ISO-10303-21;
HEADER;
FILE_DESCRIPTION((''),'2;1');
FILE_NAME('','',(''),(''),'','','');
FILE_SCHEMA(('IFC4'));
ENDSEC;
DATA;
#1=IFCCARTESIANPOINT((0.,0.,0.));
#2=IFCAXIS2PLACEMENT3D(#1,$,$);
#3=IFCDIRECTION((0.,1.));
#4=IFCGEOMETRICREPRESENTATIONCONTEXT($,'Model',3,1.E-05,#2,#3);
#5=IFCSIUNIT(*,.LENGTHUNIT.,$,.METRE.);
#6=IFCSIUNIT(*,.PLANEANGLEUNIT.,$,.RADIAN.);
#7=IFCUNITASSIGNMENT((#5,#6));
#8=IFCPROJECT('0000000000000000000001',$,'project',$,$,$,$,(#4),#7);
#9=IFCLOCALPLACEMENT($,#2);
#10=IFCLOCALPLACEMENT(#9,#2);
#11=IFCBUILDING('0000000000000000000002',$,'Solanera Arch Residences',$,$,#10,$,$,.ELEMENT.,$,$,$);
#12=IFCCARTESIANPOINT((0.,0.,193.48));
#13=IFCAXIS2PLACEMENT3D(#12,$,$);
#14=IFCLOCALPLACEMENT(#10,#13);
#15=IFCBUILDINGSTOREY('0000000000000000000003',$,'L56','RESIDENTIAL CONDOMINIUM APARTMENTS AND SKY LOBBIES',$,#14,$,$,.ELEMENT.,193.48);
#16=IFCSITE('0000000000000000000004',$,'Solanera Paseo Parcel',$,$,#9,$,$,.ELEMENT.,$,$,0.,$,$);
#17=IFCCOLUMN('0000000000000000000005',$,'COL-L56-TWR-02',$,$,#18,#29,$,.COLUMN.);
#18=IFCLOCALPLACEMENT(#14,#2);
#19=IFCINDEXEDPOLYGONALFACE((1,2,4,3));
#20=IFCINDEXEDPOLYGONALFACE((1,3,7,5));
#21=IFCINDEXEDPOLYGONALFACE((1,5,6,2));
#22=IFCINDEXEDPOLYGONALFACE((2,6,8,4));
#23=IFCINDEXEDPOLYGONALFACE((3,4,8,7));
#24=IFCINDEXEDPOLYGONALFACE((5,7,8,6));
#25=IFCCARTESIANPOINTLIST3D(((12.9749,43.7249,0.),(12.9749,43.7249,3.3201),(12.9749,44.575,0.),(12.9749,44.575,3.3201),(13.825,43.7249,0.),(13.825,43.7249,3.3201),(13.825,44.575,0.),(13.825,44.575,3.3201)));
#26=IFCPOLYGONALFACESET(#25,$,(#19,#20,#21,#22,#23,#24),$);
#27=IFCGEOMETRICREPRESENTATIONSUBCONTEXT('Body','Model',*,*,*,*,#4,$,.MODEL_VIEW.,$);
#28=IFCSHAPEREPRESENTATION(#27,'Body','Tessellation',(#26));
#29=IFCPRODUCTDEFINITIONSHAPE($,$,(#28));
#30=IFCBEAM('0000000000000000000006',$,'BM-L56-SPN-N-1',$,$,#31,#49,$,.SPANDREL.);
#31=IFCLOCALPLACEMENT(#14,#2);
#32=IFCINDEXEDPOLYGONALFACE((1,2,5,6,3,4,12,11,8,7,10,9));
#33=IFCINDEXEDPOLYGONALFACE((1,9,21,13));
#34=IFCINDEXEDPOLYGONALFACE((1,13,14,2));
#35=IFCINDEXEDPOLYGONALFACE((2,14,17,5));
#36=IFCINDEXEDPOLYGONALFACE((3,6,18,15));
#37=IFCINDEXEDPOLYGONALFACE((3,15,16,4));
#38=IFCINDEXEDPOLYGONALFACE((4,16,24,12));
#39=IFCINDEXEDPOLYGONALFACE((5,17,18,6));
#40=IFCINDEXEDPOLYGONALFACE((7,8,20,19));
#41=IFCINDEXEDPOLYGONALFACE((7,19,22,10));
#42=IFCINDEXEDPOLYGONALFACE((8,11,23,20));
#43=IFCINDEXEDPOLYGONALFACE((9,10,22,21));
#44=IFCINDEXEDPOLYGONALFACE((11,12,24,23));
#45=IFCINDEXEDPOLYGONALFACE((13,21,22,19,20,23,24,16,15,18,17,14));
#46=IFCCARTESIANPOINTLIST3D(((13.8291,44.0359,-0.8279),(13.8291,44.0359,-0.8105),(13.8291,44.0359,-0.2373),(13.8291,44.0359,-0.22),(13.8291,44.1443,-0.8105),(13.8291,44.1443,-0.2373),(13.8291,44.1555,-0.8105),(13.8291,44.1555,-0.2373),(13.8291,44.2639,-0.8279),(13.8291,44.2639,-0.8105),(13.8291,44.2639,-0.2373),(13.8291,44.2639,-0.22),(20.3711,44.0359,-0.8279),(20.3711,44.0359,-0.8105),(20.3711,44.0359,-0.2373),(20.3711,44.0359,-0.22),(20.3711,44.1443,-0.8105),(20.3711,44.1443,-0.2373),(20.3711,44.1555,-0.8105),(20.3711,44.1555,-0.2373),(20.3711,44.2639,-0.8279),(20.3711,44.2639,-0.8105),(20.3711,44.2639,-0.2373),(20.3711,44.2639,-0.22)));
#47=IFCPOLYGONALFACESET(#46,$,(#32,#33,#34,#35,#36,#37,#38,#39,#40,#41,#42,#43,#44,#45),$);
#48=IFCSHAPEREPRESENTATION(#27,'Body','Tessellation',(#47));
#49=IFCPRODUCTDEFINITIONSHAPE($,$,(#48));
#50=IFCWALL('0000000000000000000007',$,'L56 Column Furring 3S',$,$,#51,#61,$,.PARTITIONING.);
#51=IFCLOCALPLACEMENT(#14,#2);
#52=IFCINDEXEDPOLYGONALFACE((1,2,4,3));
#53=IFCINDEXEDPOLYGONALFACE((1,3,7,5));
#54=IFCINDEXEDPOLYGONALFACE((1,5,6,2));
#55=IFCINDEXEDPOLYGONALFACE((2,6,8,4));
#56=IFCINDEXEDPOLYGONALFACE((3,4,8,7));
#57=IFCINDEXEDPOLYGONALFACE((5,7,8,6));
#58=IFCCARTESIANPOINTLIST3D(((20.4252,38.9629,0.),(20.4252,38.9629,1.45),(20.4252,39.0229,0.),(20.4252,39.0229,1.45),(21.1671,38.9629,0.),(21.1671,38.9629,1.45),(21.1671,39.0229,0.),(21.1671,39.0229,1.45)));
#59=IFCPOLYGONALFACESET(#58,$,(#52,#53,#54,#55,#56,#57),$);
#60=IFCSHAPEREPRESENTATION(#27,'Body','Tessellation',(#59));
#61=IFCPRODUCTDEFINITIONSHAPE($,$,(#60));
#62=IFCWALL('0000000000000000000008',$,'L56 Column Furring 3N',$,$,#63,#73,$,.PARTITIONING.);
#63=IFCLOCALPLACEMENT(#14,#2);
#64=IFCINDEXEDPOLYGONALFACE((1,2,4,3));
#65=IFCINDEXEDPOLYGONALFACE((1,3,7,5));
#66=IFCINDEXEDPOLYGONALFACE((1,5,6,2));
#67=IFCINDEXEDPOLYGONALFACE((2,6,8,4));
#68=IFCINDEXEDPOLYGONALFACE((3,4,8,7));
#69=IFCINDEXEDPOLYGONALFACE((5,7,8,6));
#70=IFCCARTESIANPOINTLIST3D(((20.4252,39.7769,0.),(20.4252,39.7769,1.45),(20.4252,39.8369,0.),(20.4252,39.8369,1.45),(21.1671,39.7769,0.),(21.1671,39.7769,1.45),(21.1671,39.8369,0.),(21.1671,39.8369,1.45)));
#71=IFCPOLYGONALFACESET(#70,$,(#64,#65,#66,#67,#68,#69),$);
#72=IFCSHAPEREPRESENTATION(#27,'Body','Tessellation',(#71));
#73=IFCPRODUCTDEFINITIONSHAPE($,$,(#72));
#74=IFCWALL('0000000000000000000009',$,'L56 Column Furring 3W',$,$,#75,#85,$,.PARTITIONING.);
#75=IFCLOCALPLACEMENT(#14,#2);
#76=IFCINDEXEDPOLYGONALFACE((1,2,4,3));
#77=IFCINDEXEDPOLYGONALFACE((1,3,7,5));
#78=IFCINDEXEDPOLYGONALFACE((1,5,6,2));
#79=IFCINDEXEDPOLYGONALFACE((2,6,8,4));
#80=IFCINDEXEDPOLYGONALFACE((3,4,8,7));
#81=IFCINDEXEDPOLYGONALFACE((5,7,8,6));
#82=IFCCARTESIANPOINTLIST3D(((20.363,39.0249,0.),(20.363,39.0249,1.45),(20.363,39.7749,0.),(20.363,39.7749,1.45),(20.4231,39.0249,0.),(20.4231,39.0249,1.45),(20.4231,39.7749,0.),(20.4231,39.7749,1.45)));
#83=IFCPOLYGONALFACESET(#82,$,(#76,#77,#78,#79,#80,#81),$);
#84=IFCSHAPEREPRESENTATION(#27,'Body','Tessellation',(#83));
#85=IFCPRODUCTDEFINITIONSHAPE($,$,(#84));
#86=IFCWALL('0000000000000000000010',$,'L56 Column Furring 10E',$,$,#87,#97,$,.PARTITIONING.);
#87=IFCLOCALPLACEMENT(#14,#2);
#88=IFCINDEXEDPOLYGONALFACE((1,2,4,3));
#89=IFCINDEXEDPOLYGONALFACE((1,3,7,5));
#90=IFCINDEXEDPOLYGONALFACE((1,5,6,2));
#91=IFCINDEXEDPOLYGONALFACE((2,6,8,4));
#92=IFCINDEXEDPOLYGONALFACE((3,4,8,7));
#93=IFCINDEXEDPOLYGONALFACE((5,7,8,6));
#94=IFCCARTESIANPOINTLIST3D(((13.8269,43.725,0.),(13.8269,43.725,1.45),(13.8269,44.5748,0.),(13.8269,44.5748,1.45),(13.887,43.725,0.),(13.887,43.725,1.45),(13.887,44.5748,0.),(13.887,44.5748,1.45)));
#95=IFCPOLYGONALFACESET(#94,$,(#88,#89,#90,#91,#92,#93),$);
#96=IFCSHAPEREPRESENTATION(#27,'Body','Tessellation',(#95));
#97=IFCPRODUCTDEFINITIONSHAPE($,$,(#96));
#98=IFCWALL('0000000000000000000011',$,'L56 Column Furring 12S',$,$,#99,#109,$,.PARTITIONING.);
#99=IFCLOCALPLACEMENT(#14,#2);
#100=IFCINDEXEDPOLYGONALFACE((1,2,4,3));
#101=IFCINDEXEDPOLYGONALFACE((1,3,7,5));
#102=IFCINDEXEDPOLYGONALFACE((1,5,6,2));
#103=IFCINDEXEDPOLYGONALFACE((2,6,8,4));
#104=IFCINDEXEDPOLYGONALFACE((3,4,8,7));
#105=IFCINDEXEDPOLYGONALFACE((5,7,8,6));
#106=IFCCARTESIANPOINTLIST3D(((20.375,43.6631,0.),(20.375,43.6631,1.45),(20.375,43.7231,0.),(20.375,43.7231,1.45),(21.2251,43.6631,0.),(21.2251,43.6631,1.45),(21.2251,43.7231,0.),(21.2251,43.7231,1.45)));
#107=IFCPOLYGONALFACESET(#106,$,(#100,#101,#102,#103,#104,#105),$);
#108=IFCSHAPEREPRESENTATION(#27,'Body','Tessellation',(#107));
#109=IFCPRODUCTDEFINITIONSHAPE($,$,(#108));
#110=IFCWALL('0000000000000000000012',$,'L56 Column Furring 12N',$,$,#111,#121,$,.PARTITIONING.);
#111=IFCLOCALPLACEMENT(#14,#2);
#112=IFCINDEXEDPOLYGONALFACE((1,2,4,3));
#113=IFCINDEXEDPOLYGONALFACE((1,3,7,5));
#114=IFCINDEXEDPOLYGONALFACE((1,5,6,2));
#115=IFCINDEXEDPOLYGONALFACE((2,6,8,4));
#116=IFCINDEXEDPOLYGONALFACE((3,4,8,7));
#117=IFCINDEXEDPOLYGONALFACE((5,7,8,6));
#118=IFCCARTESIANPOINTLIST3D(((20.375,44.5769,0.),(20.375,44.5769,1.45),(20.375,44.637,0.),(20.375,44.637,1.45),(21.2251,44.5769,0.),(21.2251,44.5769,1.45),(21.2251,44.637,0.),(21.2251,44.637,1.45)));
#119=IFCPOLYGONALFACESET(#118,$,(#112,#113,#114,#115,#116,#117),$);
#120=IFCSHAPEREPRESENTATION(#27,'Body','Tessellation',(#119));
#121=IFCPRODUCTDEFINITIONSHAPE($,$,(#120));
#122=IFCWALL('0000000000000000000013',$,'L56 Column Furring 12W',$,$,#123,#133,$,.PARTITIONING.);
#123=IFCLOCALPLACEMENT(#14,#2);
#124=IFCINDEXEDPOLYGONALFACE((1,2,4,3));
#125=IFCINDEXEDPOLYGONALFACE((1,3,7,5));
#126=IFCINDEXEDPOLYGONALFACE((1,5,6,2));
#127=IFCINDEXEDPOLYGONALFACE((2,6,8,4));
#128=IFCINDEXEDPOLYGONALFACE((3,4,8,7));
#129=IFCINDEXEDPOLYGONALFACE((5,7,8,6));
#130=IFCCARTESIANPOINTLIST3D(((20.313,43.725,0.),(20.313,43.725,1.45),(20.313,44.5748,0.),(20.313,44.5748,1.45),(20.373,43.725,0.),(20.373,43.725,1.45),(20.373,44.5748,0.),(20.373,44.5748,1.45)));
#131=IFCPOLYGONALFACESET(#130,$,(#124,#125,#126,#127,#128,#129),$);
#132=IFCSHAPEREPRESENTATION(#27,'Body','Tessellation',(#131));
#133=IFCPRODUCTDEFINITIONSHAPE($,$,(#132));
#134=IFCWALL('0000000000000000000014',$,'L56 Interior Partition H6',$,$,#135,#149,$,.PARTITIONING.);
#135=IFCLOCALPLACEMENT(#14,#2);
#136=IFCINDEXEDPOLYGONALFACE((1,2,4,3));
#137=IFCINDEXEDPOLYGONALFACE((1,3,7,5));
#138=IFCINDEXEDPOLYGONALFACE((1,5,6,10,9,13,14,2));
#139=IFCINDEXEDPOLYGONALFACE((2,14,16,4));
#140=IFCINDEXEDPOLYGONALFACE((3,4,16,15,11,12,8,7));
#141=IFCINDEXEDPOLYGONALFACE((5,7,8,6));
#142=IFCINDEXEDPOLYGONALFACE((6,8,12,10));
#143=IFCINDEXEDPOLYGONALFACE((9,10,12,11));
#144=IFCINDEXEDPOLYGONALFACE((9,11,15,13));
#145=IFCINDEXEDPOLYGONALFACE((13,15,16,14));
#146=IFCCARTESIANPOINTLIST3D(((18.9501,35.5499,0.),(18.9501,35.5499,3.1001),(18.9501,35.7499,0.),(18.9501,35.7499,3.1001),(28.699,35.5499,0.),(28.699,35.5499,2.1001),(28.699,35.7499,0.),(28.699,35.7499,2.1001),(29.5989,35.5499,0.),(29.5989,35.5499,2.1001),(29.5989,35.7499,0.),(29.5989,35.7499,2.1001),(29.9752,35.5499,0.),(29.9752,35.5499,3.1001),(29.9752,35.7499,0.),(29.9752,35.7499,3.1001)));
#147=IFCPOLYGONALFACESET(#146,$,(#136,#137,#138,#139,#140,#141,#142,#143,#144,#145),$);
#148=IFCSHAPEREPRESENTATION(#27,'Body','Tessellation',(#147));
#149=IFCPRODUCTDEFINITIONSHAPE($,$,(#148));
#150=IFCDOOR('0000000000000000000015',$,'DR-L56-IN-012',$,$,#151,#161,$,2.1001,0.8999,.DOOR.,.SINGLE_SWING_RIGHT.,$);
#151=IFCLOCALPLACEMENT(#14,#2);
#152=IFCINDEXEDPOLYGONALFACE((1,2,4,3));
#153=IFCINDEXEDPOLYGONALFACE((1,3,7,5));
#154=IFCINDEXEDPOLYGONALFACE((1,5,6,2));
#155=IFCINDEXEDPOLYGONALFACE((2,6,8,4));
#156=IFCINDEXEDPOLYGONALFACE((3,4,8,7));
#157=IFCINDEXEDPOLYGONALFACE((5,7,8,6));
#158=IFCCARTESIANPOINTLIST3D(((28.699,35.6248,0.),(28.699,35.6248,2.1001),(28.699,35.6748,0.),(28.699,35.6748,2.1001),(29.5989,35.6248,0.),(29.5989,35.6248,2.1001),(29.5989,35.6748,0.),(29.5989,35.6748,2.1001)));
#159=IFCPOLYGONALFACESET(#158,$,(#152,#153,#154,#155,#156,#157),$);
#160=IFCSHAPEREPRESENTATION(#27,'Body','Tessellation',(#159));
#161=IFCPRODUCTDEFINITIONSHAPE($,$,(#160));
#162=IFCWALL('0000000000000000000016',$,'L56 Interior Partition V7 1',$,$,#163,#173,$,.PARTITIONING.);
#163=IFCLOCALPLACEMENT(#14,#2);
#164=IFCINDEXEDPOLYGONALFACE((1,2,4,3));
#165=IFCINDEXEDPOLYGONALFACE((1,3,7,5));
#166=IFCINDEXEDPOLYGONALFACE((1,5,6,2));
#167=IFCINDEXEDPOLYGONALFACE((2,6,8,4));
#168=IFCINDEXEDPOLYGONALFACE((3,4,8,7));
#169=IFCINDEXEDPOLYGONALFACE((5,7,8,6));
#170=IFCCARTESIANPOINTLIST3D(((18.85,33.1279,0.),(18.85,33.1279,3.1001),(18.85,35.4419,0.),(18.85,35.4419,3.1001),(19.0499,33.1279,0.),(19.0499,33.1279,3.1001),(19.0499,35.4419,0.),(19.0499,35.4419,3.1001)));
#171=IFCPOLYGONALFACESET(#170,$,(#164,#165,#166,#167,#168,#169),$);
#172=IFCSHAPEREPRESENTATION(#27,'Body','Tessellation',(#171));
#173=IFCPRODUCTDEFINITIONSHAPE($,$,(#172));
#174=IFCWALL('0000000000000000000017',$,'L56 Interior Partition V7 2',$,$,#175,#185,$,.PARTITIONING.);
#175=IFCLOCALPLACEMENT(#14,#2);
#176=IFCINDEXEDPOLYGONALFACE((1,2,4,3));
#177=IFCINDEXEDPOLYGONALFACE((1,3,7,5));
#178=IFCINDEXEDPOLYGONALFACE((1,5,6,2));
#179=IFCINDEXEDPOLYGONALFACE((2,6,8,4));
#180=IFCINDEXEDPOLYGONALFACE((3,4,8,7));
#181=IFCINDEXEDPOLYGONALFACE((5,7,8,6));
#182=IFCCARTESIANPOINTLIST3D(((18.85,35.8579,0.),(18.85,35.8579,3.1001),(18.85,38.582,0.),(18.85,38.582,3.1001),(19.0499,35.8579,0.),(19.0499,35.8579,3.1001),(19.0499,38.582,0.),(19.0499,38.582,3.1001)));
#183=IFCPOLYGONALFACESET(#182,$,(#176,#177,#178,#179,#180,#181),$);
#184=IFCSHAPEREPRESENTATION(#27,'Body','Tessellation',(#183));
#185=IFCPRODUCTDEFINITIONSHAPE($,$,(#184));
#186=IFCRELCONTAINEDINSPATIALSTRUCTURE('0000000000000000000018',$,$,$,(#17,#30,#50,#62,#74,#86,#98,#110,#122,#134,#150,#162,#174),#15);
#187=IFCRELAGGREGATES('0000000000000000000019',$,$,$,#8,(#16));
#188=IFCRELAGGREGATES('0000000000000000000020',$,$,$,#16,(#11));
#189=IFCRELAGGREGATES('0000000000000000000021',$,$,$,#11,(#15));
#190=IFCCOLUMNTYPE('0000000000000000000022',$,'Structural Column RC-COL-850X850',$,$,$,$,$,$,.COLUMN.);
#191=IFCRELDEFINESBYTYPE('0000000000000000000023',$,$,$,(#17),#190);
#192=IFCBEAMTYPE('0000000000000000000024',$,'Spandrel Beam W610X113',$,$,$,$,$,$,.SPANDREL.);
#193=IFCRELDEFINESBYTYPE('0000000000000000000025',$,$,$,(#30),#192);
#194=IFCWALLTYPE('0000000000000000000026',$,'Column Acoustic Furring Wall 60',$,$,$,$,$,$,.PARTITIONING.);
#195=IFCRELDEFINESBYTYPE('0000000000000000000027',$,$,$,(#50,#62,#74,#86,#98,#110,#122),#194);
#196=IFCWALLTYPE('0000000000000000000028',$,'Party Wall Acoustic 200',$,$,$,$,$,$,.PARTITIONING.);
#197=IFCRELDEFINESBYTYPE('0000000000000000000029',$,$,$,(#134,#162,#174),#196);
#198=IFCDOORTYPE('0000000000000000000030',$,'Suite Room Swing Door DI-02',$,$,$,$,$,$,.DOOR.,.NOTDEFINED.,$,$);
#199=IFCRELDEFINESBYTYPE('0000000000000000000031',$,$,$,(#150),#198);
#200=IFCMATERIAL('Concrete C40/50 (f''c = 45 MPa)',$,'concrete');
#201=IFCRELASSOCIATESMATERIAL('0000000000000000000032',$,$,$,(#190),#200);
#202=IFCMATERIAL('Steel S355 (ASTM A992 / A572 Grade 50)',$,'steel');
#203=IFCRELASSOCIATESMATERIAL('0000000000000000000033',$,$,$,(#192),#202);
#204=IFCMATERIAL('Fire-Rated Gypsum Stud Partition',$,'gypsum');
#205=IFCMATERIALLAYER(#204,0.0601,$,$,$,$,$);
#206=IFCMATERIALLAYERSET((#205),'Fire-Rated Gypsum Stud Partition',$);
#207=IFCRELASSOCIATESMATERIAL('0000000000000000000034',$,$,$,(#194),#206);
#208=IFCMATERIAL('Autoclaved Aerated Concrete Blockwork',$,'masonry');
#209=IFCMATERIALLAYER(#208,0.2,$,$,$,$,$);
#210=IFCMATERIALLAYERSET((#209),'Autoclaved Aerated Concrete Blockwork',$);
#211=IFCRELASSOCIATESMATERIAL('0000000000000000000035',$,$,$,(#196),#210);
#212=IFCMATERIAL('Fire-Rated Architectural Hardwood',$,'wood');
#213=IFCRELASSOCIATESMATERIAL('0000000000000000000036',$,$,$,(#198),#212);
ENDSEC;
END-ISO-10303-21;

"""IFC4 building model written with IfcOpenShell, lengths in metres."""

from ifc_helpers import new_model, si_unit, direction, frame, frame_2d, origin, origin_2d, place, context, subcontext, project, spatial, rectangle, i_section, extrude, material, layer, layer_set, material_profile, profile_set, type_object, element, fill, save


model = new_model("IFC4")

# Units and contexts
model_context = context("Model", 3, precision=1e-05, world=origin(), true_north=direction((0.0, 1.0)))
body_context = subcontext(model_context, "Body", "Model", "MODEL_VIEW")
ifc_project = project(units=[si_unit("LENGTHUNIT", "METRE"), si_unit("PLANEANGLEUNIT", "RADIAN")], contexts=[model_context])

# Site, building, storey
site_placement = place(None, origin())
site = spatial("IfcSite", under=ifc_project, at=site_placement, Name="Solanera Paseo Parcel", CompositionType="ELEMENT", RefElevation=0.0)
building_placement = place(site_placement, origin())
building = spatial("IfcBuilding", under=site, at=building_placement, Name="Solanera Arch Residences", CompositionType="ELEMENT")
storey_placement = place(building_placement, frame((0.0, 0.0, 193.48)))
storey = spatial("IfcBuildingStorey", under=building, at=storey_placement, Name="L56", Description="RESIDENTIAL CONDOMINIUM APARTMENTS AND SKY LOBBIES", CompositionType="ELEMENT", Elevation=193.48)

# Column
ifc_material_1 = material(Name="Concrete C40/50 (f'c = 45 MPa)", Category="concrete")
ifc_material_profile_1 = material_profile(ifc_material_1, rectangle(XDim=0.8501, YDim=0.8501, at=origin_2d()))
ifc_profile_set_1 = profile_set([ifc_material_profile_1], Name="Concrete C40/50 (f'c = 45 MPa)")
column_type = type_object("IfcColumnType", Name="Structural Column RC-COL-850X850", PredefinedType="COLUMN", material=ifc_profile_set_1)
column_placement = place(storey_placement, frame((13.3999, 44.1499, 0.0), z_axis=(0.0, 0.0, 1.0), x_axis=(1.0, 0.0, 0.0)))
element("IfcColumn", 1, at=column_placement, inside=storey, type_object=column_type, Name="COL-L56-TWR-02", PredefinedType="COLUMN", context=body_context, shape_type="SweptSolid", body=[
    extrude(rectangle(XDim=0.8501, YDim=0.8501, at=origin_2d()), origin(), (0.0, 0.0, 1.0), 3.3201),
])

# Beam
ifc_material_2 = material(Name="Steel S355 (ASTM A992 / A572 Grade 50)", Category="steel")
ifc_material_profile_2 = material_profile(ifc_material_2, i_section(OverallWidth=0.228, OverallDepth=0.6079, WebThickness=0.0112, FlangeThickness=0.0173, at=origin_2d()))
ifc_profile_set_2 = profile_set([ifc_material_profile_2], Name="Steel S355 (ASTM A992 / A572 Grade 50)")
beam_type = type_object("IfcBeamType", Name="Spandrel Beam W610X113", PredefinedType="SPANDREL", material=ifc_profile_set_2)
beam_placement = place(storey_placement, frame((13.8291, 44.1499, -0.5239), z_axis=(1.0, 0.0, 0.0), x_axis=(0.0, 1.0, 0.0)))
element("IfcBeam", 2, at=beam_placement, inside=storey, type_object=beam_type, Name="BM-L56-SPN-N-1", PredefinedType="SPANDREL", context=body_context, shape_type="SweptSolid", body=[
    extrude(i_section(OverallWidth=0.228, OverallDepth=0.6079, WebThickness=0.0112, FlangeThickness=0.0173, at=origin_2d()), origin(), (0.0, 0.0, 1.0), 6.542),
])

# Walls
ifc_material_3 = material(Name="Fire-Rated Gypsum Stud Partition", Category="gypsum")
ifc_layer_1 = layer(ifc_material_3, 0.0601)
ifc_layer_set_1 = layer_set([ifc_layer_1], Name="Fire-Rated Gypsum Stud Partition")
wall_type_1 = type_object("IfcWallType", Name="Column Acoustic Furring Wall 60", PredefinedType="PARTITIONING", material=ifc_layer_set_1)
for number, where, z_axis, x_axis, name in (
    (3, (20.425, 38.9929, 0.0), (0.0, 0.0, 1.0), (1.0, 0.0, 0.0), "L56 Column Furring 3S"),
    (4, (20.425, 39.8069, 0.0), (0.0, 0.0, 1.0), (1.0, 0.0, 0.0), "L56 Column Furring 3N"),
):
    element("IfcWall", number, at=place(storey_placement, frame(where, z_axis=z_axis, x_axis=x_axis)), inside=storey, type_object=wall_type_1, Name=name, PredefinedType="PARTITIONING", context=body_context, shape_type="SweptSolid", body=[
        extrude(rectangle(XDim=0.7419, YDim=0.0601, at=frame_2d((0.3711, 0.0))), origin(), (0.0, 0.0, 1.0), 1.45),
    ])
wall_1_placement = place(storey_placement, frame((20.3931, 39.0249, 0.0), z_axis=(0.0, 0.0, 1.0), x_axis=(0.0, 1.0, 0.0)))
element("IfcWall", 5, at=wall_1_placement, inside=storey, type_object=wall_type_1, Name="L56 Column Furring 3W", PredefinedType="PARTITIONING", context=body_context, shape_type="SweptSolid", body=[
    extrude(rectangle(XDim=0.75, YDim=0.0601, at=frame_2d((0.375, 0.0))), origin(), (0.0, 0.0, 1.0), 1.45),
])
wall_2_placement = place(storey_placement, frame((13.8569, 43.7251, 0.0), z_axis=(0.0, 0.0, 1.0), x_axis=(0.0, 1.0, 0.0)))
element("IfcWall", 6, at=wall_2_placement, inside=storey, type_object=wall_type_1, Name="L56 Column Furring 10E", PredefinedType="PARTITIONING", context=body_context, shape_type="SweptSolid", body=[
    extrude(rectangle(XDim=0.8499, YDim=0.0601, at=frame_2d((0.4248, 0.0))), origin(), (0.0, 0.0, 1.0), 1.45),
])
for number, where, z_axis, x_axis, name in (
    (7, (20.375, 43.6931, 0.0), (0.0, 0.0, 1.0), (1.0, 0.0, 0.0), "L56 Column Furring 12S"),
    (8, (20.375, 44.6069, 0.0), (0.0, 0.0, 1.0), (1.0, 0.0, 0.0), "L56 Column Furring 12N"),
):
    element("IfcWall", number, at=place(storey_placement, frame(where, z_axis=z_axis, x_axis=x_axis)), inside=storey, type_object=wall_type_1, Name=name, PredefinedType="PARTITIONING", context=body_context, shape_type="SweptSolid", body=[
        extrude(rectangle(XDim=0.8501, YDim=0.0601, at=frame_2d((0.425, 0.0))), origin(), (0.0, 0.0, 1.0), 1.45),
    ])
wall_3_placement = place(storey_placement, frame((20.343, 43.7251, 0.0), z_axis=(0.0, 0.0, 1.0), x_axis=(0.0, 1.0, 0.0)))
element("IfcWall", 9, at=wall_3_placement, inside=storey, type_object=wall_type_1, Name="L56 Column Furring 12W", PredefinedType="PARTITIONING", context=body_context, shape_type="SweptSolid", body=[
    extrude(rectangle(XDim=0.8499, YDim=0.0601, at=frame_2d((0.4248, 0.0))), origin(), (0.0, 0.0, 1.0), 1.45),
])

# Wall, opening, door
ifc_material_4 = material(Name="Autoclaved Aerated Concrete Blockwork", Category="masonry")
ifc_layer_2 = layer(ifc_material_4, 0.2)
ifc_layer_set_2 = layer_set([ifc_layer_2], Name="Autoclaved Aerated Concrete Blockwork")
wall_type_2 = type_object("IfcWallType", Name="Party Wall Acoustic 200", PredefinedType="PARTITIONING", material=ifc_layer_set_2)
wall_4_placement = place(storey_placement, frame((18.95, 35.6499, 0.0), z_axis=(0.0, 0.0, 1.0), x_axis=(1.0, 0.0, 0.0)))
wall_4 = element("IfcWall", 10, at=wall_4_placement, inside=storey, type_object=wall_type_2, Name="L56 Interior Partition H6", PredefinedType="PARTITIONING", context=body_context, shape_type="SweptSolid", body=[
    extrude(rectangle(XDim=11.0251, YDim=0.2, at=frame_2d((5.5127, 0.0))), origin(), (0.0, 0.0, 1.0), 3.1001),
])
opening_placement = place(wall_4_placement, frame((9.749, 0.0, 0.0)))
opening = element("IfcOpeningElement", 11, at=opening_placement, cuts=wall_4, PredefinedType="OPENING", context=body_context, shape_type="SweptSolid", body=[
    extrude(rectangle(XDim=0.8999, YDim=2.1001, at=frame_2d((0.45, 1.05))), frame((0.0, 0.1101, 0.0), z_axis=(0.0, -1.0, 0.0), x_axis=(1.0, 0.0, 0.0)), (0.0, 0.0, 1.0), 0.22),
])
ifc_material_5 = material(Name="Fire-Rated Architectural Hardwood", Category="wood")
door_type = type_object("IfcDoorType", Name="Suite Room Swing Door DI-02", OperationType="NOTDEFINED", PredefinedType="DOOR", material=ifc_material_5)
door_placement = place(opening_placement, origin())
door = element("IfcDoor", 12, at=door_placement, inside=storey, type_object=door_type, Name="DR-L56-IN-012", OperationType="SINGLE_SWING_RIGHT", OverallHeight=2.1001, OverallWidth=0.8999, PredefinedType="DOOR", context=body_context, shape_type="SweptSolid", body=[
    extrude(rectangle(XDim=0.8999, YDim=2.1001, at=frame_2d((0.45, 1.05))), frame((0.0, 0.0249, 0.0), z_axis=(0.0, -1.0, 0.0), x_axis=(1.0, 0.0, 0.0)), (0.0, 0.0, 1.0), 0.05),
])
fill(opening, door)

# Walls
wall_5_placement = place(storey_placement, frame((18.95, 33.1279, 0.0), z_axis=(0.0, 0.0, 1.0), x_axis=(0.0, 1.0, 0.0)))
element("IfcWall", 13, at=wall_5_placement, inside=storey, type_object=wall_type_2, Name="L56 Interior Partition V7 1", PredefinedType="PARTITIONING", context=body_context, shape_type="SweptSolid", body=[
    extrude(rectangle(XDim=2.314, YDim=0.2, at=frame_2d((1.157, 0.0))), origin(), (0.0, 0.0, 1.0), 3.1001),
])
wall_6_placement = place(storey_placement, frame((18.95, 35.8579, 0.0), z_axis=(0.0, 0.0, 1.0), x_axis=(0.0, 1.0, 0.0)))
element("IfcWall", 14, at=wall_6_placement, inside=storey, type_object=wall_type_2, Name="L56 Interior Partition V7 2", PredefinedType="PARTITIONING", context=body_context, shape_type="SweptSolid", body=[
    extrude(rectangle(XDim=2.7241, YDim=0.2, at=frame_2d((1.3621, 0.0))), origin(), (0.0, 0.0, 1.0), 3.1001),
])

save(model, "model.ifc")
